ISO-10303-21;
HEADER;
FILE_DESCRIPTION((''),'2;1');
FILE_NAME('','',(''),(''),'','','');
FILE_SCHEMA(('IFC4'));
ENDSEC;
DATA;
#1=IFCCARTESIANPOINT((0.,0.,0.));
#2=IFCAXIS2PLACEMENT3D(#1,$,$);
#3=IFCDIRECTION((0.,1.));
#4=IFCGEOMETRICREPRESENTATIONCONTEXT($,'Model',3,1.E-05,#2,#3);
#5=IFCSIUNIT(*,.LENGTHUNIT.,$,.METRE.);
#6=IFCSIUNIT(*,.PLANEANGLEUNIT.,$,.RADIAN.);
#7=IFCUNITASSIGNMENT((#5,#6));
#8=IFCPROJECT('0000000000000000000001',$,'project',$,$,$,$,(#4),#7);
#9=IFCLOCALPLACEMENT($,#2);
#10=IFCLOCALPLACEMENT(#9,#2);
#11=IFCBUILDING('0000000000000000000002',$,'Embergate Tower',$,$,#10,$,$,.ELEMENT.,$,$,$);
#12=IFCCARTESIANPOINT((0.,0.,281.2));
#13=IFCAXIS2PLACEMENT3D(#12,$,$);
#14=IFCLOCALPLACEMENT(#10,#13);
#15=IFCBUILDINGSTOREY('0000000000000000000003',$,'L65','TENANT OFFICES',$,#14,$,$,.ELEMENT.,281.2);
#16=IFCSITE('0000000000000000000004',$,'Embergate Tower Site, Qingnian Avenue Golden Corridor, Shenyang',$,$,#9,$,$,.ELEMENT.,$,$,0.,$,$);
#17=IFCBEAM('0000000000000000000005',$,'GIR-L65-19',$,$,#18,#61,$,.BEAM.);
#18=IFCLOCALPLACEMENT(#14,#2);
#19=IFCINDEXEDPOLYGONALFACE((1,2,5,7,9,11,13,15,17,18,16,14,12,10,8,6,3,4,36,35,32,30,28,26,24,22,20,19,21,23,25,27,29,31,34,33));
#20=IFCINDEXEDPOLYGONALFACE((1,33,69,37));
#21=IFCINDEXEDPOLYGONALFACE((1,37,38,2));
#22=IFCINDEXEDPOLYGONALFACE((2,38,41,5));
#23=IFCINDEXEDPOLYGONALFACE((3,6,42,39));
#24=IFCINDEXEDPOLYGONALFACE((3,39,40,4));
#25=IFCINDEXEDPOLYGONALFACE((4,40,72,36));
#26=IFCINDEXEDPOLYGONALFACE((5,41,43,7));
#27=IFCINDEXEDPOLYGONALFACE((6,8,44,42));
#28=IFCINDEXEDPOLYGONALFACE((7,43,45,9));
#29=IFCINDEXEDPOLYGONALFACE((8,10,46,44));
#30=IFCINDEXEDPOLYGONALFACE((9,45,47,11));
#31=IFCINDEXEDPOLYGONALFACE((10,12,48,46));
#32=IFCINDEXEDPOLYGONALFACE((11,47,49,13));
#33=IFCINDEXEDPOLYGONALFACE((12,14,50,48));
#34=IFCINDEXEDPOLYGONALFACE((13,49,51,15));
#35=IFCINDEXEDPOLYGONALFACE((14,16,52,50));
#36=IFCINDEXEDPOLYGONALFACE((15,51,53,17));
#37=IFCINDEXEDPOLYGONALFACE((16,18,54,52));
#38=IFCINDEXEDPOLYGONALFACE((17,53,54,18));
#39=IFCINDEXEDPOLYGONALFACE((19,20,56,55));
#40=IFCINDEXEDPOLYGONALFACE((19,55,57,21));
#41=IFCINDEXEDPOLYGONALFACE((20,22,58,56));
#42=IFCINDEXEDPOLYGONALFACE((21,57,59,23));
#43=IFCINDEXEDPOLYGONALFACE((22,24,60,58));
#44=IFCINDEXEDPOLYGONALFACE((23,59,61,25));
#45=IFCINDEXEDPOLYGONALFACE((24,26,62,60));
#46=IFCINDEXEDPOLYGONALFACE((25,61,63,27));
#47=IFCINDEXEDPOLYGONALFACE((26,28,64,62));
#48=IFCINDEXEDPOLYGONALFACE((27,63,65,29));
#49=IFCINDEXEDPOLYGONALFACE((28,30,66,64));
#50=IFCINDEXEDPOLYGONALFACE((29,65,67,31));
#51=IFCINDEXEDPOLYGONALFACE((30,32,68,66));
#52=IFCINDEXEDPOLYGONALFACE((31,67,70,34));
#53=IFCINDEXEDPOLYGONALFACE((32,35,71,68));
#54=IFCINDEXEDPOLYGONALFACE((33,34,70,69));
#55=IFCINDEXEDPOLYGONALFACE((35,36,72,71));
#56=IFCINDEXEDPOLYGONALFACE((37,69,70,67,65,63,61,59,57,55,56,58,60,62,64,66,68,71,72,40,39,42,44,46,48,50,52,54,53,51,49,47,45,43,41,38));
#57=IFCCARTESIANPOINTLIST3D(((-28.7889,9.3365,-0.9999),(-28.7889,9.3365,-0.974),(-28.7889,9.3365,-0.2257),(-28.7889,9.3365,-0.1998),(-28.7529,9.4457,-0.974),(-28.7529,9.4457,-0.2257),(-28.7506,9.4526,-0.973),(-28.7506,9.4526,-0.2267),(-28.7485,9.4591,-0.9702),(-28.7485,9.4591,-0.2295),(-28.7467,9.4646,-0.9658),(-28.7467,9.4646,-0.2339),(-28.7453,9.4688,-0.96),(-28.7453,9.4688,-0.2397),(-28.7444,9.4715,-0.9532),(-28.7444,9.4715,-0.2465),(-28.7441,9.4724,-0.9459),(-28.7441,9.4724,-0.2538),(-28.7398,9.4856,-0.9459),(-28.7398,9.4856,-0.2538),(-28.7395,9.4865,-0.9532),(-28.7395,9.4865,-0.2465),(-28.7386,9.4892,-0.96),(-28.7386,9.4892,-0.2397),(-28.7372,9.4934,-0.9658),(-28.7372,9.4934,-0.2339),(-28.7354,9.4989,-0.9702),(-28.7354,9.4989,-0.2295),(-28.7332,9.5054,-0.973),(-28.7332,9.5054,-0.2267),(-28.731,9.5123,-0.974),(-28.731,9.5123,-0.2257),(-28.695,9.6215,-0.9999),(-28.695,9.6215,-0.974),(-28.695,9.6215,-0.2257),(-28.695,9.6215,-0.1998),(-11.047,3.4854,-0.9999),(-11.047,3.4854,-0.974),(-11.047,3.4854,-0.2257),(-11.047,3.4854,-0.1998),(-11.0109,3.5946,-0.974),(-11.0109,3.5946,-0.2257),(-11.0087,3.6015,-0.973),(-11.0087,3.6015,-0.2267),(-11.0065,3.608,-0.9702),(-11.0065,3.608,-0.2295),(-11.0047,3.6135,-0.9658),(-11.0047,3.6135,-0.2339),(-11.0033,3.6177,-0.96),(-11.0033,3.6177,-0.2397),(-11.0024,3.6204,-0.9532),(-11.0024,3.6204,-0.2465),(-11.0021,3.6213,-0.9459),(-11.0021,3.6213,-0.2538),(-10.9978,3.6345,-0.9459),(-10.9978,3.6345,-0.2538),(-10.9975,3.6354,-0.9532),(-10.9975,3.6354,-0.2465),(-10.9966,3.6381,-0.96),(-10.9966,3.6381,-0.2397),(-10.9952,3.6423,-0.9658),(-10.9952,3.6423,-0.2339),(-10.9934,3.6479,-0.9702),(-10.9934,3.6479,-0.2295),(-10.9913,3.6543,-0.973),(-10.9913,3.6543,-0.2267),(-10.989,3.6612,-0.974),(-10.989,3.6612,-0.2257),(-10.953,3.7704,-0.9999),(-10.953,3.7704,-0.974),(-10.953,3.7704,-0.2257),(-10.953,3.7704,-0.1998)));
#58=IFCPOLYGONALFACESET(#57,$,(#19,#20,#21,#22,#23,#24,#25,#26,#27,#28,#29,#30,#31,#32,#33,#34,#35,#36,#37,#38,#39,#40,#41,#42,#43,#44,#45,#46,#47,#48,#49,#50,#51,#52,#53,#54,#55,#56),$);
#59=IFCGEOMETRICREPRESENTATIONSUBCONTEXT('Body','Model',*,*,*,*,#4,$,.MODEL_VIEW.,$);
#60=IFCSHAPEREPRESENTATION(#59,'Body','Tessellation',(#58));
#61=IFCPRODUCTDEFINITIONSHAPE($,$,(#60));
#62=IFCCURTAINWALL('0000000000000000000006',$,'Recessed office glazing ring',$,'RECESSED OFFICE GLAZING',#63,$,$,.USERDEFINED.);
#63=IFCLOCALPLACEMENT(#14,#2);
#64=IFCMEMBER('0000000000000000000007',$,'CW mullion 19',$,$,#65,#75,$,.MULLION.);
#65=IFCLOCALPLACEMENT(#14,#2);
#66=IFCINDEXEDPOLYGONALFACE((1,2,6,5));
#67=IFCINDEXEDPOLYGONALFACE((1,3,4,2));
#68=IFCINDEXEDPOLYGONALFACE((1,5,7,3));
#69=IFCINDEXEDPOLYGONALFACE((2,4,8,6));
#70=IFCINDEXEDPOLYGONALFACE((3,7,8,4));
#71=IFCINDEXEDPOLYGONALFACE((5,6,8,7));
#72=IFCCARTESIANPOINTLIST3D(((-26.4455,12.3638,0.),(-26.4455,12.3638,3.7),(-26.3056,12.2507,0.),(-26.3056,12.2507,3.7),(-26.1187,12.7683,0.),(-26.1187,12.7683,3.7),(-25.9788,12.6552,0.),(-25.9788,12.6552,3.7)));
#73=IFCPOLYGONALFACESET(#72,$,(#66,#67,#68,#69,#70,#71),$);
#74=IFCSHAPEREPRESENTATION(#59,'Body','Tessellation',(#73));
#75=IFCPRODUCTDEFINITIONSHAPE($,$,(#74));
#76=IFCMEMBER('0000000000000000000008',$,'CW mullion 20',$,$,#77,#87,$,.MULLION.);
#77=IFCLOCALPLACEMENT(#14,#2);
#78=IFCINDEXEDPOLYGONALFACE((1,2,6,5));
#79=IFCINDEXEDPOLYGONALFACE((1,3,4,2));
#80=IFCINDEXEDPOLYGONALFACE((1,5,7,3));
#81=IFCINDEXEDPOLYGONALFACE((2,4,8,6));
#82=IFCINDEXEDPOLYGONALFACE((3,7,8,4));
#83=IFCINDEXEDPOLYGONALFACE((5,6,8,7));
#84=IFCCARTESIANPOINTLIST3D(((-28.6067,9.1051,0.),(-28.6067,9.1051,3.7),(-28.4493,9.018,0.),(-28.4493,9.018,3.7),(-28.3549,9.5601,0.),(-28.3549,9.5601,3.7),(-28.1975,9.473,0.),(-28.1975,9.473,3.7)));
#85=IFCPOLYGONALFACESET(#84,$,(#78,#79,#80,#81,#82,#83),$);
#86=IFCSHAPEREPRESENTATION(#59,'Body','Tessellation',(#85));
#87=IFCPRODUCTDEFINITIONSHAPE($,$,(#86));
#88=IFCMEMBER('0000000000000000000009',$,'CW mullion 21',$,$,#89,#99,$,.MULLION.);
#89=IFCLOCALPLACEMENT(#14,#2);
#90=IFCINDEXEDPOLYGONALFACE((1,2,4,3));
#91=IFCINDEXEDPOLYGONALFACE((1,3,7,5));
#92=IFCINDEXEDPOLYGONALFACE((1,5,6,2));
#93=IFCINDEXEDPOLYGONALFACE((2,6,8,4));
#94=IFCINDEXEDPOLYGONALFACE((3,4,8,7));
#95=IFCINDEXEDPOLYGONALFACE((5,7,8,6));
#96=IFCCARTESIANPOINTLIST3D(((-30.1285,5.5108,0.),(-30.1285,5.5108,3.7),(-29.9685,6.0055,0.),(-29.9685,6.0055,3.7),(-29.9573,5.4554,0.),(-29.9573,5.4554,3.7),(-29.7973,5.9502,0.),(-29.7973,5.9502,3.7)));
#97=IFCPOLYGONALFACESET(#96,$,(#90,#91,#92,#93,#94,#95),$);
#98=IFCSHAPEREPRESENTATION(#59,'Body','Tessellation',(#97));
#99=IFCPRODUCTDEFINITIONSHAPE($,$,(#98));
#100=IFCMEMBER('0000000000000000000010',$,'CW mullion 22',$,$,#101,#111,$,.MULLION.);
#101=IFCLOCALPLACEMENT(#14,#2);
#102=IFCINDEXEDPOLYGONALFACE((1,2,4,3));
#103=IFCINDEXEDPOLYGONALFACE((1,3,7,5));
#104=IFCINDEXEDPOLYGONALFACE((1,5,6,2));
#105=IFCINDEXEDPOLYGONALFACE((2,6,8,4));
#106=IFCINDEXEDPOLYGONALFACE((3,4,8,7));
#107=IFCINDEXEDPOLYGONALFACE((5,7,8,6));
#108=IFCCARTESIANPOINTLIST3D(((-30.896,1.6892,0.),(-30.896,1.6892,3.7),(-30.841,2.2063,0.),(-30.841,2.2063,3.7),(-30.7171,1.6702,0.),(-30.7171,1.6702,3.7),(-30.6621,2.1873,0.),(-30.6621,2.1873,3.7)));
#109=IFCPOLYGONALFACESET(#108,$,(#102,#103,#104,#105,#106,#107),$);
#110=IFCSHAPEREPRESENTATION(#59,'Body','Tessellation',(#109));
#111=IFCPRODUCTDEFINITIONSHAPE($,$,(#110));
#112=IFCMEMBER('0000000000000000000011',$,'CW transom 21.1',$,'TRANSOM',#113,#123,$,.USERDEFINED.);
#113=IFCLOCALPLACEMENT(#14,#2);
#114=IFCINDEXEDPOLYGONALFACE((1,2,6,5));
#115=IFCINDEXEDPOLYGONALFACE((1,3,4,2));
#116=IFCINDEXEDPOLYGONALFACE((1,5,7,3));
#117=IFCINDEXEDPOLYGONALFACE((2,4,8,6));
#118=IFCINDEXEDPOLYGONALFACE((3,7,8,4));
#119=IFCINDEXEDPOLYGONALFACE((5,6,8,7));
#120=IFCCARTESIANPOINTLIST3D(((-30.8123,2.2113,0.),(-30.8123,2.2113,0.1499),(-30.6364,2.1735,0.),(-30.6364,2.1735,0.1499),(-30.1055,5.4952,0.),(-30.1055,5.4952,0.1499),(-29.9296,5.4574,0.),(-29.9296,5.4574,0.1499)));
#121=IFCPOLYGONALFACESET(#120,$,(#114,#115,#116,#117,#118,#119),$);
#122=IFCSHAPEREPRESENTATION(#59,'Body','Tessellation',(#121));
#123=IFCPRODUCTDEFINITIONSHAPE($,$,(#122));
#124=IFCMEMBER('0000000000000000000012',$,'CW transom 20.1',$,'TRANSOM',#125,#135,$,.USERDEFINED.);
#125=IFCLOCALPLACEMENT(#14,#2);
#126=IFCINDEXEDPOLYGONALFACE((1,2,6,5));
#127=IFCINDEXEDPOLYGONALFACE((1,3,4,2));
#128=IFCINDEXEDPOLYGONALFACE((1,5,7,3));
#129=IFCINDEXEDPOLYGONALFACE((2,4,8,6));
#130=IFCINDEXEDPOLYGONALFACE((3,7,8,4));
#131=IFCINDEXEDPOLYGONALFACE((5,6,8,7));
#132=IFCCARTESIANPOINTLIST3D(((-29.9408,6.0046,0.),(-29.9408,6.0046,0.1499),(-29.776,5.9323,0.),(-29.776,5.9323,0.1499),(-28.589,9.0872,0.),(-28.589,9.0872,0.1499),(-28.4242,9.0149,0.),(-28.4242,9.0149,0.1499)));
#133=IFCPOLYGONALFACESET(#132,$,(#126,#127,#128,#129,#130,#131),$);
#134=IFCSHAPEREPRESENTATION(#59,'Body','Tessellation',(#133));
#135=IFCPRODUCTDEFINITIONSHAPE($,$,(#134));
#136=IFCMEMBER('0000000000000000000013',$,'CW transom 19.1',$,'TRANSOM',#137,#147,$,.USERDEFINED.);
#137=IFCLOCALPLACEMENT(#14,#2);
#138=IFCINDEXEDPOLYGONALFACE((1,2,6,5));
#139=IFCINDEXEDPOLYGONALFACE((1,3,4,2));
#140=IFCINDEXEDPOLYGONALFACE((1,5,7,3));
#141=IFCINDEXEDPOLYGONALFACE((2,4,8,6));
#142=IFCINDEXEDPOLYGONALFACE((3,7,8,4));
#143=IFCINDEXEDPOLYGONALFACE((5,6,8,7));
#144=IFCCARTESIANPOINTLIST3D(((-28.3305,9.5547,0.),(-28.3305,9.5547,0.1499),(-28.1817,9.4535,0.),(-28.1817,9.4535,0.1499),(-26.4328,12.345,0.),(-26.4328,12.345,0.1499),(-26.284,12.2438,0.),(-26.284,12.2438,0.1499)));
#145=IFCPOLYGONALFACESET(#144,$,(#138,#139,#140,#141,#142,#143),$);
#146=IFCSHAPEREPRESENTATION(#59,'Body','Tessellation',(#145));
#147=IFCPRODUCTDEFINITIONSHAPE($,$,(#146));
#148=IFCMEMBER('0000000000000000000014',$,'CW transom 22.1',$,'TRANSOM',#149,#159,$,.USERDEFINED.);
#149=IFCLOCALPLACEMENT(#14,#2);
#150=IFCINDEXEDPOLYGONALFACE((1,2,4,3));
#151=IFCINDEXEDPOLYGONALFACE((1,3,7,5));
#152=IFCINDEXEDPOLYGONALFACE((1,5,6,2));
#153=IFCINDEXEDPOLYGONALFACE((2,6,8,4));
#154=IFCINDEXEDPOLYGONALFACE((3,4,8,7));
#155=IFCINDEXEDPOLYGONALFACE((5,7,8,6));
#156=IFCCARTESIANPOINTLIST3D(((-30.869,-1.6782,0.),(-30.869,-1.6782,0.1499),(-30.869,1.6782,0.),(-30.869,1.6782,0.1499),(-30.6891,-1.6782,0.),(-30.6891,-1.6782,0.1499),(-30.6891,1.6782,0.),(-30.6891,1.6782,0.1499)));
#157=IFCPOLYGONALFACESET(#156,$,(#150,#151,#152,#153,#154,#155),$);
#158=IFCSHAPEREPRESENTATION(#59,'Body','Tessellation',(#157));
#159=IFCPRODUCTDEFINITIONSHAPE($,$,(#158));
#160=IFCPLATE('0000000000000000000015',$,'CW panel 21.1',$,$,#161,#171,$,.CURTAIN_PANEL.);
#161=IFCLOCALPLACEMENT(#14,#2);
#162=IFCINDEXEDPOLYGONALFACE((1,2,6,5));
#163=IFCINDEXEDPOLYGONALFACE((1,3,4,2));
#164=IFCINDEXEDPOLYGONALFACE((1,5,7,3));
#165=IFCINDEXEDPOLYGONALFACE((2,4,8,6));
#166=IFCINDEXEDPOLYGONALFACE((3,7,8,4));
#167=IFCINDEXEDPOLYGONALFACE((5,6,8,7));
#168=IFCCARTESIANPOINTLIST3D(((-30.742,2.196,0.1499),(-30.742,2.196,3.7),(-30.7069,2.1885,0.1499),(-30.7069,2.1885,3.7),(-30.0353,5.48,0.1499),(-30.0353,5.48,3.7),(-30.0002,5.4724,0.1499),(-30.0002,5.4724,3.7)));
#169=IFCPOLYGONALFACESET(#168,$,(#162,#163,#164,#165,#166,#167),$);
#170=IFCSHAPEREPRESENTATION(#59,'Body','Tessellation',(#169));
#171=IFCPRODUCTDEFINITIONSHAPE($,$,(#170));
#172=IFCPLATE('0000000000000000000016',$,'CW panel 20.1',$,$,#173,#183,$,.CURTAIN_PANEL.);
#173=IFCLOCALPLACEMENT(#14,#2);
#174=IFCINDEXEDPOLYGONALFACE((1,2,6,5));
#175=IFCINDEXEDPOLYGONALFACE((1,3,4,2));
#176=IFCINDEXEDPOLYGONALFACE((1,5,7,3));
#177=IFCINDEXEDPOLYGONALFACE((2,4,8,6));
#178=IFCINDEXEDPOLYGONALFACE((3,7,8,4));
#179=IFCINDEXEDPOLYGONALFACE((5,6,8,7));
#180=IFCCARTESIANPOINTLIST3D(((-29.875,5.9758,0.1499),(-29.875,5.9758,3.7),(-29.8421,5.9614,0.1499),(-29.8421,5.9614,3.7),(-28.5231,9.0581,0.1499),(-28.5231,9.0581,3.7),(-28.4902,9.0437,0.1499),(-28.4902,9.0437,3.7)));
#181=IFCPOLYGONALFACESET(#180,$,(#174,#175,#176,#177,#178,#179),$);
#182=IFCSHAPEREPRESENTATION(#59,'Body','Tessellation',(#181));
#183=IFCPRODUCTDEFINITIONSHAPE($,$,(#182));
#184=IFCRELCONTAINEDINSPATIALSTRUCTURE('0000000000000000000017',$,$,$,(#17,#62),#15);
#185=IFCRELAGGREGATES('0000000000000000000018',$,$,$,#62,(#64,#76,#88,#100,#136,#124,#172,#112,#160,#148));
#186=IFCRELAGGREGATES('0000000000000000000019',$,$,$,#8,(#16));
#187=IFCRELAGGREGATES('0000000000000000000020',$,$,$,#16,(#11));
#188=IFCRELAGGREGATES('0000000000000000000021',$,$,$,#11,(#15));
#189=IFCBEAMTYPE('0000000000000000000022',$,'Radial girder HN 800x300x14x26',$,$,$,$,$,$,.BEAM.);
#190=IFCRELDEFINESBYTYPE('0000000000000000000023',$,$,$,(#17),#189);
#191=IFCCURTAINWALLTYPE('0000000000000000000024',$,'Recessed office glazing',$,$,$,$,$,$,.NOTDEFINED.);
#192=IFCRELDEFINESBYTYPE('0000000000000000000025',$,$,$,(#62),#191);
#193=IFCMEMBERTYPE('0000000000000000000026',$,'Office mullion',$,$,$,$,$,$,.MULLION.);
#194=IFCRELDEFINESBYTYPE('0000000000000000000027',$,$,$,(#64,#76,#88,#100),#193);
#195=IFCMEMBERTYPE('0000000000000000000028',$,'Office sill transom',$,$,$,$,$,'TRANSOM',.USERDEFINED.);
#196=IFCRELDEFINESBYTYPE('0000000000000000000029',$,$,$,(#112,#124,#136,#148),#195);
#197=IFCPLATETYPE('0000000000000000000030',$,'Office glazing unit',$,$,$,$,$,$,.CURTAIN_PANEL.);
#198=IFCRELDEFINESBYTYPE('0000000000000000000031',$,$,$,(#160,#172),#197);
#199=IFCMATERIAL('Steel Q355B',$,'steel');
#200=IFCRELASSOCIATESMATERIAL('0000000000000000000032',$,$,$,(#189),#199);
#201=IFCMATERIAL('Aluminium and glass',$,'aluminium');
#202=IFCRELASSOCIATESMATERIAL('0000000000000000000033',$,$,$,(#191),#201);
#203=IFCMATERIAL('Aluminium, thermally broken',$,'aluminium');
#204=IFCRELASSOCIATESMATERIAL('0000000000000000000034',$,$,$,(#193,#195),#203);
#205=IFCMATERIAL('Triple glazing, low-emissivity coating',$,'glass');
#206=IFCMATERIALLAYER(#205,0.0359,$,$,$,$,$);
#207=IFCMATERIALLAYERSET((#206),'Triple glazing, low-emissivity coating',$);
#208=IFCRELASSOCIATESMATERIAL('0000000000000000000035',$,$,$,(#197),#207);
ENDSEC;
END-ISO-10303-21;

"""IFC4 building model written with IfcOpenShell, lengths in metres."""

from ifc_helpers import new_model, si_unit, direction, frame, origin, origin_2d, place, context, subcontext, project, spatial, rectangle, i_section, extrude, source, transform, mapped, material, layer, layer_set, material_profile, profile_set, type_object, element, aggregate, save


model = new_model("IFC4")

# Units and contexts
model_context = context("Model", 3, precision=1e-05, world=origin(), true_north=direction((0.0, 1.0)))
body_context = subcontext(model_context, "Body", "Model", "MODEL_VIEW")
ifc_project = project(units=[si_unit("LENGTHUNIT", "METRE"), si_unit("PLANEANGLEUNIT", "RADIAN")], contexts=[model_context])

# Site, building, storey
site_placement = place(None, origin())
site = spatial("IfcSite", under=ifc_project, at=site_placement, Name="Embergate Tower Site, Qingnian Avenue Golden Corridor, Shenyang", CompositionType="ELEMENT", RefElevation=0.0)
building_placement = place(site_placement, origin())
building = spatial("IfcBuilding", under=site, at=building_placement, Name="Embergate Tower", CompositionType="ELEMENT")
storey_placement = place(building_placement, frame((0.0, 0.0, 281.2)))
storey = spatial("IfcBuildingStorey", under=building, at=storey_placement, Name="L65", Description="TENANT OFFICES", CompositionType="ELEMENT", Elevation=281.2)

# Beam
ifc_material_1 = material(Name="Steel Q355B", Category="steel")
ifc_material_profile_1 = material_profile(ifc_material_1, i_section(OverallWidth=0.3, OverallDepth=0.8, WebThickness=0.0139, FlangeThickness=0.0259, FilletRadius=0.0281, at=origin_2d()), Name="HN 800x300x14x26")
ifc_profile_set_1 = profile_set([ifc_material_profile_1], Name="Steel Q355 grade B")
beam_type_1 = type_object("IfcBeamType", Name="Radial girder HN 800x300x14x26", PredefinedType="BEAM", material=ifc_profile_set_1)
shared_shape_1 = source(origin(), body_context, "Body", "SweptSolid", [
    extrude(i_section(OverallWidth=0.3, OverallDepth=0.8, WebThickness=0.0139, FlangeThickness=0.0259, FilletRadius=0.0281, at=origin_2d()), origin(), (0.0, 0.0, 1.0), 18.6819),
])
beam_1_placement = place(storey_placement, frame((-28.7419, 9.479, -0.5999), z_axis=(0.949689, -0.313196, 0.0), x_axis=(0.313196, 0.949689, 0.0)))
element("IfcBeam", 1, at=beam_1_placement, inside=storey, type_object=beam_type_1, Name="GIR-L65-19", PredefinedType="BEAM", context=body_context, shape_type="MappedRepresentation", body=[
    mapped(shared_shape_1, transform((0.0, 0.0, 0.0))),
])

# Curtain wall, members, plates
ifc_material_2 = material(Name="Aluminium and glass", Category="aluminium")
curtain_wall_type = type_object("IfcCurtainWallType", Name="Recessed office glazing", PredefinedType="NOTDEFINED", material=ifc_material_2)
curtain_wall_placement = place(storey_placement, origin())
curtain_wall = element("IfcCurtainWall", 2, at=curtain_wall_placement, inside=storey, type_object=curtain_wall_type, Name="Recessed office glazing ring", ObjectType="RECESSED OFFICE GLAZING", PredefinedType="USERDEFINED")
ifc_material_3 = material(Name="Aluminium, thermally broken", Category="aluminium")
ifc_material_profile_2 = material_profile(ifc_material_3, rectangle(XDim=0.1799, YDim=0.52, at=origin_2d()), Name="AL 520x180")
ifc_profile_set_2 = profile_set([ifc_material_profile_2], Name="Aluminium, thermally broken")
member_type_1 = type_object("IfcMemberType", Name="Office mullion", PredefinedType="MULLION", material=ifc_profile_set_2)
shared_shape_2 = source(origin(), body_context, "Body", "SweptSolid", [
    extrude(rectangle(XDim=0.1799, YDim=0.52, at=origin_2d()), origin(), (0.0, 0.0, 1.0), 3.7),
])
member_1_placement = place(storey_placement, frame((-26.2122, 12.5095, 0.0), z_axis=(0.0, 0.0, 1.0), x_axis=(0.777862, -0.628436, 0.0)))
member_1 = element("IfcMember", 3, at=member_1_placement, type_object=member_type_1, Name="CW mullion 19", PredefinedType="MULLION", context=body_context, shape_type="MappedRepresentation", body=[
    mapped(shared_shape_2, transform((0.0, 0.0, 0.0))),
])
member_2_placement = place(storey_placement, frame((-28.4021, 9.2891, 0.0), z_axis=(0.0, 0.0, 1.0), x_axis=(0.874993, -0.484136, 0.0)))
member_2 = element("IfcMember", 4, at=member_2_placement, type_object=member_type_1, Name="CW mullion 20", PredefinedType="MULLION", context=body_context, shape_type="MappedRepresentation", body=[
    mapped(shared_shape_2, transform((0.0, 0.0, 0.0))),
])
member_3_placement = place(storey_placement, frame((-29.9629, 5.7305, 0.0), z_axis=(0.0, 0.0, 1.0), x_axis=(0.951493, -0.307671, 0.0)))
member_3 = element("IfcMember", 5, at=member_3_placement, type_object=member_type_1, Name="CW mullion 21", PredefinedType="MULLION", context=body_context, shape_type="MappedRepresentation", body=[
    mapped(shared_shape_2, transform((0.0, 0.0, 0.0))),
])
member_4_placement = place(storey_placement, frame((-30.7791, 1.9382, 0.0), z_axis=(0.0, 0.0, 1.0), x_axis=(0.994384, -0.10583, 0.0)))
member_4 = element("IfcMember", 6, at=member_4_placement, type_object=member_type_1, Name="CW mullion 22", PredefinedType="MULLION", context=body_context, shape_type="MappedRepresentation", body=[
    mapped(shared_shape_2, transform((0.0, 0.0, 0.0))),
])
ifc_material_profile_3 = material_profile(ifc_material_3, rectangle(XDim=0.1799, YDim=0.1499, at=origin_2d()), Name="AL 150x180")
ifc_profile_set_3 = profile_set([ifc_material_profile_3], Name="Aluminium, thermally broken")
member_type_2 = type_object("IfcMemberType", Name="Office sill transom", ElementType="TRANSOM", PredefinedType="USERDEFINED", material=ifc_profile_set_3)
shared_shape_3 = source(origin(), body_context, "Body", "SweptSolid", [
    extrude(rectangle(XDim=0.1799, YDim=0.1499, at=origin_2d()), origin(), (0.0, 0.0, 1.0), 3.3591),
])
member_5_placement = place(storey_placement, frame((-30.0176, 5.4763, 0.075), z_axis=(-0.210408, -0.977614, 0.0), x_axis=(0.977614, -0.210408, 0.0)))
member_5 = element("IfcMember", 7, at=member_5_placement, type_object=member_type_2, Name="CW transom 21.1", ObjectType="TRANSOM", PredefinedType="USERDEFINED", context=body_context, shape_type="MappedRepresentation", body=[
    mapped(shared_shape_3, transform((0.0, 0.0, 0.0))),
])
shared_shape_4 = source(origin(), body_context, "Body", "SweptSolid", [
    extrude(rectangle(XDim=0.1799, YDim=0.1499, at=origin_2d()), origin(), (0.0, 0.0, 1.0), 3.366),
])
member_6_placement = place(storey_placement, frame((-28.5066, 9.051, 0.075), z_axis=(-0.401618, -0.915807, 0.0), x_axis=(0.915807, -0.401618, 0.0)))
member_6 = element("IfcMember", 8, at=member_6_placement, type_object=member_type_2, Name="CW transom 20.1", ObjectType="TRANSOM", PredefinedType="USERDEFINED", context=body_context, shape_type="MappedRepresentation", body=[
    mapped(shared_shape_4, transform((0.0, 0.0, 0.0))),
])
shared_shape_5 = source(origin(), body_context, "Body", "SweptSolid", [
    extrude(rectangle(XDim=0.1799, YDim=0.1499, at=origin_2d()), origin(), (0.0, 0.0, 1.0), 3.3745),
])
member_7_placement = place(storey_placement, frame((-26.3584, 12.2944, 0.075), z_axis=(-0.562373, -0.826883, 0.0), x_axis=(0.826883, -0.562373, 0.0)))
member_7 = element("IfcMember", 9, at=member_7_placement, type_object=member_type_2, Name="CW transom 19.1", ObjectType="TRANSOM", PredefinedType="USERDEFINED", context=body_context, shape_type="MappedRepresentation", body=[
    mapped(shared_shape_5, transform((0.0, 0.0, 0.0))),
])
shared_shape_6 = source(origin(), body_context, "Body", "SweptSolid", [
    extrude(rectangle(XDim=0.1799, YDim=0.1499, at=origin_2d()), origin(), (0.0, 0.0, 1.0), 3.3564),
])
member_8_placement = place(storey_placement, frame((-30.7791, 1.6782, 0.075), z_axis=(0.0, -1.0, 0.0), x_axis=(1.0, 0.0, 0.0)))
member_8 = element("IfcMember", 10, at=member_8_placement, type_object=member_type_2, Name="CW transom 22.1", ObjectType="TRANSOM", PredefinedType="USERDEFINED", context=body_context, shape_type="MappedRepresentation", body=[
    mapped(shared_shape_6, transform((0.0, 0.0, 0.0))),
])
ifc_material_4 = material(Name="Triple glazing, low-emissivity coating", Category="glass")
ifc_layer_1 = layer(ifc_material_4, 0.0359)
ifc_layer_set_1 = layer_set([ifc_layer_1], Name="Triple glazing, low-emissivity coating")
plate_type = type_object("IfcPlateType", Name="Office glazing unit", PredefinedType="CURTAIN_PANEL", material=ifc_layer_set_1)
shared_shape_7 = source(origin(), body_context, "Body", "SweptSolid", [
    extrude(rectangle(XDim=3.3591, YDim=0.0359, at=origin_2d()), origin(), (0.0, 0.0, 1.0), 3.55),
])
plate_1_placement = place(storey_placement, frame((-30.3711, 3.8342, 0.1499), z_axis=(0.0, 0.0, 1.0), x_axis=(-0.210402, -0.977615, 0.0)))
plate_1 = element("IfcPlate", 11, at=plate_1_placement, type_object=plate_type, Name="CW panel 21.1", PredefinedType="CURTAIN_PANEL", context=body_context, shape_type="MappedRepresentation", body=[
    mapped(shared_shape_7, transform((0.0, 0.0, 0.0))),
])
shared_shape_8 = source(origin(), body_context, "Body", "SweptSolid", [
    extrude(rectangle(XDim=3.3657, YDim=0.0359, at=origin_2d()), origin(), (0.0, 0.0, 1.0), 3.55),
])
plate_2_placement = place(storey_placement, frame((-29.1826, 7.5098, 0.1499), z_axis=(0.0, 0.0, 1.0), x_axis=(-0.401658, -0.91579, 0.0)))
plate_2 = element("IfcPlate", 12, at=plate_2_placement, type_object=plate_type, Name="CW panel 20.1", PredefinedType="CURTAIN_PANEL", context=body_context, shape_type="MappedRepresentation", body=[
    mapped(shared_shape_8, transform((0.0, 0.0, 0.0))),
])
aggregate(curtain_wall, [member_1, member_2, member_3, member_4, member_7, member_6, plate_2, member_5, plate_1, member_8])

save(model, "model.ifc")
